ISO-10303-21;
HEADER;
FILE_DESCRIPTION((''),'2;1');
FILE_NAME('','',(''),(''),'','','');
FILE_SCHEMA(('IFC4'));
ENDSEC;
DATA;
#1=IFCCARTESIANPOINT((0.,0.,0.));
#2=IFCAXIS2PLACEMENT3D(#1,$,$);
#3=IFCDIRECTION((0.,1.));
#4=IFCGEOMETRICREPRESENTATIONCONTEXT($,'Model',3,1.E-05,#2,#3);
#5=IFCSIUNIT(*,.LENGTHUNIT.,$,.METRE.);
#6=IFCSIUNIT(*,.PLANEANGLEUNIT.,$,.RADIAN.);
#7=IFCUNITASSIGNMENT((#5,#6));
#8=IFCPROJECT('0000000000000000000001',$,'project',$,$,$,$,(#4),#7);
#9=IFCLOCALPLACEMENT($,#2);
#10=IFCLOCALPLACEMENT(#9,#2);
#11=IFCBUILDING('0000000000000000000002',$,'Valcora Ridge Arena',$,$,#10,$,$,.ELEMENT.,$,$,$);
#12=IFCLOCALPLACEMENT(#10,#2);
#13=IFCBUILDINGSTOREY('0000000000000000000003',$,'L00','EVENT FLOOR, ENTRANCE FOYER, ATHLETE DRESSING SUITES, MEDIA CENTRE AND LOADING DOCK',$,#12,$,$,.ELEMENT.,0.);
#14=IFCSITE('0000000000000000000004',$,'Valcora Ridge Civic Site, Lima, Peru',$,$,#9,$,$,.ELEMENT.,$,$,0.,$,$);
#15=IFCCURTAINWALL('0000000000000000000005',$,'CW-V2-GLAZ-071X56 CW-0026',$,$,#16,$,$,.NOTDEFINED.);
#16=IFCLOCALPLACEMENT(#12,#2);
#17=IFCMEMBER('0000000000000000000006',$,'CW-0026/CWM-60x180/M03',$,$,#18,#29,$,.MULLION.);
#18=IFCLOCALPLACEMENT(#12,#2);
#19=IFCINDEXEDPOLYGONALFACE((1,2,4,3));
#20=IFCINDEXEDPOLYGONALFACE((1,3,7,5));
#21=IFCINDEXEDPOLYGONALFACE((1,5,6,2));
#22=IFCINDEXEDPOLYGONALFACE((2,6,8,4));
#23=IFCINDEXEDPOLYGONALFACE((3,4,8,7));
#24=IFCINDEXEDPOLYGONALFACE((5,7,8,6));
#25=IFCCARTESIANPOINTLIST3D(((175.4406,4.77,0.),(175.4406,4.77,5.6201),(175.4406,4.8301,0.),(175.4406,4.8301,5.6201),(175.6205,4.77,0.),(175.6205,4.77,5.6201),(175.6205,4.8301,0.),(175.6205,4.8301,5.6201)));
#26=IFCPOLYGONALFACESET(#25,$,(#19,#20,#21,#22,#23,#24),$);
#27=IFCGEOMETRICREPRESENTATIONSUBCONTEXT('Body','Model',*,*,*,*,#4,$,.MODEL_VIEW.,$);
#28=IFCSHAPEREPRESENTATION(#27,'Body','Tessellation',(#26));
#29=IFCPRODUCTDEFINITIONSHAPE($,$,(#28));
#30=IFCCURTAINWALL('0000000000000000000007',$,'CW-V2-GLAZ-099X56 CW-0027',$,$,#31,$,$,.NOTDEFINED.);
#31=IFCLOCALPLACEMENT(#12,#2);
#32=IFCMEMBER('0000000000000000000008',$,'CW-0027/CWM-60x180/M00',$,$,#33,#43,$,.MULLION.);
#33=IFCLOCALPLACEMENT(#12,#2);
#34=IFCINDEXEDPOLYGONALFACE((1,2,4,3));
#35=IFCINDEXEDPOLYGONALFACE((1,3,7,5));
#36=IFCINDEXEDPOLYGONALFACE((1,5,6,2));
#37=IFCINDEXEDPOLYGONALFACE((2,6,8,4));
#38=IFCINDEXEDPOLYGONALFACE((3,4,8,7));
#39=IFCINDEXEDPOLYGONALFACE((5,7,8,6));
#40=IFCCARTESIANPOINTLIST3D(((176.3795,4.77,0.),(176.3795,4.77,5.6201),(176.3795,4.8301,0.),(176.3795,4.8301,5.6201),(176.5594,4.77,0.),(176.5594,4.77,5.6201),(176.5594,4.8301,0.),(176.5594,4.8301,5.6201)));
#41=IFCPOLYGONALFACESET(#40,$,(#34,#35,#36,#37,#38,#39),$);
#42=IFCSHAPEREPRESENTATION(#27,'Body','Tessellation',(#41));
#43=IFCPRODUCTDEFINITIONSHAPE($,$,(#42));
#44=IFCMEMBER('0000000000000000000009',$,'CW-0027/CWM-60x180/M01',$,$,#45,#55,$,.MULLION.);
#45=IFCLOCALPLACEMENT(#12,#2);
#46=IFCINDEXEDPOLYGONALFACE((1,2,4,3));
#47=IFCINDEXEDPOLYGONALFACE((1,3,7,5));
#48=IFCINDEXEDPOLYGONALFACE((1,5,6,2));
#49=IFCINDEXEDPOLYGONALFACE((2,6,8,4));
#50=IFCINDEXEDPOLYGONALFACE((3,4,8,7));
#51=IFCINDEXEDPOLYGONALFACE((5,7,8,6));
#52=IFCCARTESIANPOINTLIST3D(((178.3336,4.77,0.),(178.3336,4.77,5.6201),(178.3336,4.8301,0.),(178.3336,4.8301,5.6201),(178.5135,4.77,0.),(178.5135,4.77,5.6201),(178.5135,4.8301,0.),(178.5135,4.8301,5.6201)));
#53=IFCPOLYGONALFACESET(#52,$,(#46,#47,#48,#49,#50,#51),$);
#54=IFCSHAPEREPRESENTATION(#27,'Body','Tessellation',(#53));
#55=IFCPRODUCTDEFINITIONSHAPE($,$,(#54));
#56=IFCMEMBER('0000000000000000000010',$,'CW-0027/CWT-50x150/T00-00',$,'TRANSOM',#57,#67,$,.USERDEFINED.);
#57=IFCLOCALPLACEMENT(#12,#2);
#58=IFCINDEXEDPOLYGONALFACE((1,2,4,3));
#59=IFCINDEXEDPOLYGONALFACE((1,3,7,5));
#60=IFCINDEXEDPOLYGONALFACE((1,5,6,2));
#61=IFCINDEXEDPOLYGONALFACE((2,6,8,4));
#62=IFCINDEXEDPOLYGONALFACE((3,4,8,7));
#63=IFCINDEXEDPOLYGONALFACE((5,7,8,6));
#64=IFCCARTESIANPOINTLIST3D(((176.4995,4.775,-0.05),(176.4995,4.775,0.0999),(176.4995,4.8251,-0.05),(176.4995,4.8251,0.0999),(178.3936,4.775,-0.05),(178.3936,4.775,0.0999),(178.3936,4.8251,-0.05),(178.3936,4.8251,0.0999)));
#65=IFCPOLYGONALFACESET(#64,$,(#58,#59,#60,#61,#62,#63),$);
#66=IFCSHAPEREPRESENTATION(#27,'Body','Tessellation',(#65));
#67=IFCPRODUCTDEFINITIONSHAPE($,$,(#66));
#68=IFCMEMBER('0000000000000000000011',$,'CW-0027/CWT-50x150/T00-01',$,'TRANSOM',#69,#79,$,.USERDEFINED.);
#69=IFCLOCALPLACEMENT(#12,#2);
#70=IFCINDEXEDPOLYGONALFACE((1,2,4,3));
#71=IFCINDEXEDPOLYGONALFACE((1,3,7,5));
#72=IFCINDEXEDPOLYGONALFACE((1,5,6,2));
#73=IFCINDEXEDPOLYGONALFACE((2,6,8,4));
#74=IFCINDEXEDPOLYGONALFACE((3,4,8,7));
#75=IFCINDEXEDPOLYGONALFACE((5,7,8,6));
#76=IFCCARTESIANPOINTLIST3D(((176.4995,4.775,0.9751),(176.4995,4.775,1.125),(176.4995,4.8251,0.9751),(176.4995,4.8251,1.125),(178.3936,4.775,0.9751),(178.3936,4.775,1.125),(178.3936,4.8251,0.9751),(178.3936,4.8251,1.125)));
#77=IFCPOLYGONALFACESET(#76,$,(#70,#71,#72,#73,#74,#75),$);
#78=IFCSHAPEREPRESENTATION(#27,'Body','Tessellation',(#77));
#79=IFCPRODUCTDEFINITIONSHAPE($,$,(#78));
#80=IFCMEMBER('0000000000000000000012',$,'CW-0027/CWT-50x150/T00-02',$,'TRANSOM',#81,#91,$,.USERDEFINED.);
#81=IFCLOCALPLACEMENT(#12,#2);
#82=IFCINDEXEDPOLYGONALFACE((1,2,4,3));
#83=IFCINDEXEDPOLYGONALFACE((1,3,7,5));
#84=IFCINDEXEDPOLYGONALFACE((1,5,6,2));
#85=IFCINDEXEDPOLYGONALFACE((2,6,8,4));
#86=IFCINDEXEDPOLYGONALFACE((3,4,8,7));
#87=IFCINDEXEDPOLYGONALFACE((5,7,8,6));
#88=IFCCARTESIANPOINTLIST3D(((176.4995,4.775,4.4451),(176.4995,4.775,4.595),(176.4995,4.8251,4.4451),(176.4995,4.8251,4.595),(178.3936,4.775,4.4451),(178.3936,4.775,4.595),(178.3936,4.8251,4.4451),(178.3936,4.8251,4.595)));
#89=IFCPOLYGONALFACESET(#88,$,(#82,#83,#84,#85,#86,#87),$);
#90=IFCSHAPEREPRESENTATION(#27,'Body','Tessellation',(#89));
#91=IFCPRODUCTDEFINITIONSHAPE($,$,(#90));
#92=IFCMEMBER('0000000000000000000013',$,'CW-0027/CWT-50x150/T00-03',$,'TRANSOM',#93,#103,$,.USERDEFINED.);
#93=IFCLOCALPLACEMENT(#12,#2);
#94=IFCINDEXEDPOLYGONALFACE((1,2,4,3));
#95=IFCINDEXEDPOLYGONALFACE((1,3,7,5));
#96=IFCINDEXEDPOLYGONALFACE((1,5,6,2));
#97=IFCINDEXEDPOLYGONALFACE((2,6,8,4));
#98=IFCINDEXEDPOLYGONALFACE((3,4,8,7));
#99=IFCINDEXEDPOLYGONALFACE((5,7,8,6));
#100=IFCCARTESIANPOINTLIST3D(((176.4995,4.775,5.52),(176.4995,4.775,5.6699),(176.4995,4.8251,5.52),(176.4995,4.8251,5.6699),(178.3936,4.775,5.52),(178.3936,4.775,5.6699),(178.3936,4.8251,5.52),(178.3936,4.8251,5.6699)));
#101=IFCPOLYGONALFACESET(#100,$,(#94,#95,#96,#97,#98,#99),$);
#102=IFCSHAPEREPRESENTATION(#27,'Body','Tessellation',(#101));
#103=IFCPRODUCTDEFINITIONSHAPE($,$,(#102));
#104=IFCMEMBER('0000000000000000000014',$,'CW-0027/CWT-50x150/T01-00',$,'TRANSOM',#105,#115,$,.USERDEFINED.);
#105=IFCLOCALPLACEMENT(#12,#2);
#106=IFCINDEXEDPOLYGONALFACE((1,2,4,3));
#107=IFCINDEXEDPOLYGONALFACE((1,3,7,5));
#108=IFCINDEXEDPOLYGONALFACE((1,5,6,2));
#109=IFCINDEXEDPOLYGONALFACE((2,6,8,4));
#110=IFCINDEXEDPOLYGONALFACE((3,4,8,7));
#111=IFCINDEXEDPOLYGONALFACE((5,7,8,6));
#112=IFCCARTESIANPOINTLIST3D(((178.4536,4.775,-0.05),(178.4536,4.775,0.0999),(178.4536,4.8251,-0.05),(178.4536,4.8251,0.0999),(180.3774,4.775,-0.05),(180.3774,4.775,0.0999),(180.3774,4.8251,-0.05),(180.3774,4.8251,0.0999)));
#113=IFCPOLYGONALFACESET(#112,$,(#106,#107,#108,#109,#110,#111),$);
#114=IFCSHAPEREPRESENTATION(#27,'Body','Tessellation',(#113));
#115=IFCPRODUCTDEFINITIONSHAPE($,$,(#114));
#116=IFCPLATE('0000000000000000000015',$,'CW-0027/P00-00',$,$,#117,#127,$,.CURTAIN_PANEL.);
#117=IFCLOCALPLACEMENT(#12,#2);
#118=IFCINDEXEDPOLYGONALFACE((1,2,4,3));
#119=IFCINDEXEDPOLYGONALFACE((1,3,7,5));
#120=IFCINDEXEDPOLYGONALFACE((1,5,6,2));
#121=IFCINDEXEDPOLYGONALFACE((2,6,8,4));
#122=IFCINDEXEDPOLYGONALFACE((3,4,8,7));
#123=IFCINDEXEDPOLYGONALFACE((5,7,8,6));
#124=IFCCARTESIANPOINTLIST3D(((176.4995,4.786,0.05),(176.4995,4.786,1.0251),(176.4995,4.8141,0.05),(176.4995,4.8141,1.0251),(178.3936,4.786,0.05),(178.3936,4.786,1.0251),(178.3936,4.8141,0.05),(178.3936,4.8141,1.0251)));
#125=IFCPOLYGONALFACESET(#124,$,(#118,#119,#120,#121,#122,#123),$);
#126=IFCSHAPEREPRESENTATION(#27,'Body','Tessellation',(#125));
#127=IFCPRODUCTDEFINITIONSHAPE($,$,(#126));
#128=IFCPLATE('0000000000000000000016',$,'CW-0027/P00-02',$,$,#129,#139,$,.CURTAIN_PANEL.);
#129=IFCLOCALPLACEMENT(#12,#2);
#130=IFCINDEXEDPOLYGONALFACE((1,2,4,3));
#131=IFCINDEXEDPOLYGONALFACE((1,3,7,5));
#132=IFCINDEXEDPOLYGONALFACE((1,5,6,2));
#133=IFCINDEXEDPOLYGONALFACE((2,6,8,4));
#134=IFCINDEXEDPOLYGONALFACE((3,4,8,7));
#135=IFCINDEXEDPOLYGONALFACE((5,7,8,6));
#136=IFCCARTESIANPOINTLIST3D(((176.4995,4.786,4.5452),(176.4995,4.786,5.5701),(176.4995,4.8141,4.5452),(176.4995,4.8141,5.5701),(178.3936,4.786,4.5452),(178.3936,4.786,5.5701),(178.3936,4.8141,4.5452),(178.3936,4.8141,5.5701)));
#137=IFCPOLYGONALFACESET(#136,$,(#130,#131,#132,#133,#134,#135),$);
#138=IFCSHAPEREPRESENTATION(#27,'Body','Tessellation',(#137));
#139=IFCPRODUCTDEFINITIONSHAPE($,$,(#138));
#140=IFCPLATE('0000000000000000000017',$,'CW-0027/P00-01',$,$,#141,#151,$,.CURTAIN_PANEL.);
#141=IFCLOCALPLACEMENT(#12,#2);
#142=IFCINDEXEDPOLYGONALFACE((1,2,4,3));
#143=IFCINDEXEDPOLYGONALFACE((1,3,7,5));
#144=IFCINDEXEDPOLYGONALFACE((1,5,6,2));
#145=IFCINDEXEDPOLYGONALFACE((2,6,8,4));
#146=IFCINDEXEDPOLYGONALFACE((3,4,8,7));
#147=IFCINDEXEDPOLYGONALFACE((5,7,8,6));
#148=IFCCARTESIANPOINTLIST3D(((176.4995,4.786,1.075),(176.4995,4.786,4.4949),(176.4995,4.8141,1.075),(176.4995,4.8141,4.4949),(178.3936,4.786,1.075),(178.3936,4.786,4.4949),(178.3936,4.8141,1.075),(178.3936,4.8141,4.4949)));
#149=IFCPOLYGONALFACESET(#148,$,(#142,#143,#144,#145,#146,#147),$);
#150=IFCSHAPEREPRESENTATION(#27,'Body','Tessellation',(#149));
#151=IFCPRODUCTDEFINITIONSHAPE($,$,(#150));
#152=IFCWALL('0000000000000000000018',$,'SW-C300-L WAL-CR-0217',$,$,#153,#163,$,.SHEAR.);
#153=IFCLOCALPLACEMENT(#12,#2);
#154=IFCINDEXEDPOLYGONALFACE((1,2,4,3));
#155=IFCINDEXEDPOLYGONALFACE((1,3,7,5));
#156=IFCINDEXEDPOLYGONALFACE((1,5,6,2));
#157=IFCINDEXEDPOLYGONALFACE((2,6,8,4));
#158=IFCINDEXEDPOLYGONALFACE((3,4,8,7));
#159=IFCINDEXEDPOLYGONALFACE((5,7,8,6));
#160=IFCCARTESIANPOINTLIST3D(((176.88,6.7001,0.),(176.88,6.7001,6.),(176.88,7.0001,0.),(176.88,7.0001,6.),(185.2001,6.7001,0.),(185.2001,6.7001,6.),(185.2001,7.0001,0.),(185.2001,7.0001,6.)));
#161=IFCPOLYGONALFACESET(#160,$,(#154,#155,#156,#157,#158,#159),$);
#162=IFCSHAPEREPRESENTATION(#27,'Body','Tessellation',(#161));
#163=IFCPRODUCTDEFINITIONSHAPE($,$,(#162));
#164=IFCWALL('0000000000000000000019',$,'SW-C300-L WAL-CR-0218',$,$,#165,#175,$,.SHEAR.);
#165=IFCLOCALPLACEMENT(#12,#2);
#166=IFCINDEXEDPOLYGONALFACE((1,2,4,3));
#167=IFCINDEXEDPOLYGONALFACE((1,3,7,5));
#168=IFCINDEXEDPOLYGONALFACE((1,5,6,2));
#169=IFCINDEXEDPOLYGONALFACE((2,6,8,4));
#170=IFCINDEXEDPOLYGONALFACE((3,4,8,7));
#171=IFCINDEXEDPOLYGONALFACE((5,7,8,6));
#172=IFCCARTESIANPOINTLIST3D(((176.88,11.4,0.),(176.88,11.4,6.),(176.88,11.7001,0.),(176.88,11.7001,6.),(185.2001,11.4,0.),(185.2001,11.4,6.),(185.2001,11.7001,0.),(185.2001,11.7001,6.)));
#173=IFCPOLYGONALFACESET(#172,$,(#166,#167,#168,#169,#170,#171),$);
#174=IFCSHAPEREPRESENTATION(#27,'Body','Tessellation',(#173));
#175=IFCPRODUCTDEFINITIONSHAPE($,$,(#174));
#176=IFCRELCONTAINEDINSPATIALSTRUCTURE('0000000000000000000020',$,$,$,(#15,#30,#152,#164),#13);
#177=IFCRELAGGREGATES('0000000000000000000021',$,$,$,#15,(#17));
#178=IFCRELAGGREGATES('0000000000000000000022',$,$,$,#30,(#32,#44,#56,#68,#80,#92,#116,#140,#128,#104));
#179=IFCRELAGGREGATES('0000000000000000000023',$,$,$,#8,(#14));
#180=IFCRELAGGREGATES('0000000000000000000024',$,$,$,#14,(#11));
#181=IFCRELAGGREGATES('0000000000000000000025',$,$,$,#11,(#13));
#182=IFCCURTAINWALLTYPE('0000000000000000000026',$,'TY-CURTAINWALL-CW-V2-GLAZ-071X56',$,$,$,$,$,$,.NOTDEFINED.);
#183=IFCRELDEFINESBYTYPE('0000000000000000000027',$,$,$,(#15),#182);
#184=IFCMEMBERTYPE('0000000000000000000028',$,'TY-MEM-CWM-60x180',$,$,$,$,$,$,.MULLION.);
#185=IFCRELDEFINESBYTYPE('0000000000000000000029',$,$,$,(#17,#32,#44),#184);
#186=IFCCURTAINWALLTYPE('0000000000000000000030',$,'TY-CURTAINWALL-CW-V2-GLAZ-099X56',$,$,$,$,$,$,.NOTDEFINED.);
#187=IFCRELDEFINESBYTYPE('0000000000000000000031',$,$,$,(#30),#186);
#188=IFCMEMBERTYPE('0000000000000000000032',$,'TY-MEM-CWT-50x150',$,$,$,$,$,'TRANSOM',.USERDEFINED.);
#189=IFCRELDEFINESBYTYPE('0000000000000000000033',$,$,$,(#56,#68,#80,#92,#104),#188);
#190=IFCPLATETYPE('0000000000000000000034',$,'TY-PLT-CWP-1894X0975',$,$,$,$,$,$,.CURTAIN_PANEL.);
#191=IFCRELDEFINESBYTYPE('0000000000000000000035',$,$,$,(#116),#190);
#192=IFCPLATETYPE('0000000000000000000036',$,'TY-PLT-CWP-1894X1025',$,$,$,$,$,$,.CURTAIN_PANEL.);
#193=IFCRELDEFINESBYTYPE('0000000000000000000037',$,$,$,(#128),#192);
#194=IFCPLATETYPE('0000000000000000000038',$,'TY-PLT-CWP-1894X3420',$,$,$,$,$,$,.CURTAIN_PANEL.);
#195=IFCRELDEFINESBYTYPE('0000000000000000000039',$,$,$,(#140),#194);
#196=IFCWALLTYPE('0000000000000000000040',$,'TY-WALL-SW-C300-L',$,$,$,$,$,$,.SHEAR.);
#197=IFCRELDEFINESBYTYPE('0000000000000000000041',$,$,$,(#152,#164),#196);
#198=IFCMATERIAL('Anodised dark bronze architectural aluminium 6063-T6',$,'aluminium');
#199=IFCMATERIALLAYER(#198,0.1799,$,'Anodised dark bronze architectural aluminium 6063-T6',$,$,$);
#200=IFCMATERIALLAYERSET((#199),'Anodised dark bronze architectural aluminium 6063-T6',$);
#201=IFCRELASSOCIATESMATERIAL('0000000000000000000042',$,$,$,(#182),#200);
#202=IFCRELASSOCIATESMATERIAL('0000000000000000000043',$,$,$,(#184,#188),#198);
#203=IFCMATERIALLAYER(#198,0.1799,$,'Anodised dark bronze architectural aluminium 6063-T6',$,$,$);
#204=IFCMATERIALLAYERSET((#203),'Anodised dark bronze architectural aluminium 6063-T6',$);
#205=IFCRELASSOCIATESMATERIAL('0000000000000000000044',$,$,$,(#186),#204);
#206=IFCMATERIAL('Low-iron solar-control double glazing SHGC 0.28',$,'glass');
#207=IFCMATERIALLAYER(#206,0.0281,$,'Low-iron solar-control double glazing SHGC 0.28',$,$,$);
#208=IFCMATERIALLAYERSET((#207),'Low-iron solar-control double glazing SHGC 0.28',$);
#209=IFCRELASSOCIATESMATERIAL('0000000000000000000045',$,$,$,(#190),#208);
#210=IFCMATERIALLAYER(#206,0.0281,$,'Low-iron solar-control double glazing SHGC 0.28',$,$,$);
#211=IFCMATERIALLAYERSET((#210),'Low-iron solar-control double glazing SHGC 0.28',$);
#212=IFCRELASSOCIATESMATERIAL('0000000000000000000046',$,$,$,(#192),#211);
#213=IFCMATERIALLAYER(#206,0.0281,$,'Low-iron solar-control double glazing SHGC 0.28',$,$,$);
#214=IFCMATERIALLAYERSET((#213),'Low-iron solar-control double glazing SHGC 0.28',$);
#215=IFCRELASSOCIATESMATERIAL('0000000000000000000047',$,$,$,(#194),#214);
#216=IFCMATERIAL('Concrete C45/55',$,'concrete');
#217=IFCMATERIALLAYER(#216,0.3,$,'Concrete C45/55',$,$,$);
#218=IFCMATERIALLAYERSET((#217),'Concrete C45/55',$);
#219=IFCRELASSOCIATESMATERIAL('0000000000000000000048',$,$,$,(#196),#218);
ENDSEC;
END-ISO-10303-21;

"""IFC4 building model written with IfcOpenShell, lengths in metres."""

from ifc_helpers import new_model, si_unit, direction, frame, frame_2d, origin, origin_2d, place, context, subcontext, project, spatial, rectangle, extrude, material, layer, layer_set, material_profile, profile_set, type_object, element, aggregate, save


model = new_model("IFC4")

# Units and contexts
model_context = context("Model", 3, precision=1e-05, world=origin(), true_north=direction((0.0, 1.0)))
body_context = subcontext(model_context, "Body", "Model", "MODEL_VIEW")
ifc_project = project(units=[si_unit("LENGTHUNIT", "METRE"), si_unit("PLANEANGLEUNIT", "RADIAN")], contexts=[model_context])

# Site, building, storey
site_placement = place(None, origin())
site = spatial("IfcSite", under=ifc_project, at=site_placement, Name="Valcora Ridge Civic Site, Lima, Peru", CompositionType="ELEMENT", RefElevation=0.0)
building_placement = place(site_placement, origin())
building = spatial("IfcBuilding", under=site, at=building_placement, Name="Valcora Ridge Arena", CompositionType="ELEMENT")
storey_placement = place(building_placement, origin())
storey = spatial("IfcBuildingStorey", under=building, at=storey_placement, Name="L00", Description="EVENT FLOOR, ENTRANCE FOYER, ATHLETE DRESSING SUITES, MEDIA CENTRE AND LOADING DOCK", CompositionType="ELEMENT", Elevation=0.0)

# Curtain wall, member
ifc_material_1 = material(Name="Anodised dark bronze architectural aluminium 6063-T6", Category="aluminium")
ifc_layer_1 = layer(ifc_material_1, 0.1799, Name="Anodised dark bronze architectural aluminium 6063-T6")
ifc_layer_set_1 = layer_set([ifc_layer_1], Name="Anodised dark bronze architectural aluminium 6063-T6")
curtain_wall_type_1 = type_object("IfcCurtainWallType", Name="TY-CURTAINWALL-CW-V2-GLAZ-071X56", PredefinedType="NOTDEFINED", material=ifc_layer_set_1)
curtain_wall_1_placement = place(storey_placement, origin())
curtain_wall_1 = element("IfcCurtainWall", 1, at=curtain_wall_1_placement, inside=storey, type_object=curtain_wall_type_1, Name="CW-V2-GLAZ-071X56 CW-0026", PredefinedType="NOTDEFINED")
ifc_material_profile_1 = material_profile(ifc_material_1, rectangle(XDim=0.0601, YDim=0.1799, at=origin_2d()), Name="ALU MULLION 60x180")
ifc_profile_set_1 = profile_set([ifc_material_profile_1], Name="Anodised dark bronze architectural aluminium 6063-T6")
member_type_1 = type_object("IfcMemberType", Name="TY-MEM-CWM-60x180", PredefinedType="MULLION", material=ifc_profile_set_1)
member_1_placement = place(storey_placement, frame((175.5305, 4.8, 0.0), z_axis=(0.0, 0.0, 1.0), x_axis=(0.0, 1.0, 0.0)))
member_1 = element("IfcMember", 2, at=member_1_placement, type_object=member_type_1, Name="CW-0026/CWM-60x180/M03", PredefinedType="MULLION", context=body_context, shape_type="SweptSolid", body=[
    extrude(rectangle(XDim=0.0601, YDim=0.1799, at=origin_2d()), origin(), (0.0, 0.0, 1.0), 5.6201),
])
aggregate(curtain_wall_1, [member_1])

# Curtain wall, members, plates
ifc_layer_2 = layer(ifc_material_1, 0.1799, Name="Anodised dark bronze architectural aluminium 6063-T6")
ifc_layer_set_2 = layer_set([ifc_layer_2], Name="Anodised dark bronze architectural aluminium 6063-T6")
curtain_wall_type_2 = type_object("IfcCurtainWallType", Name="TY-CURTAINWALL-CW-V2-GLAZ-099X56", PredefinedType="NOTDEFINED", material=ifc_layer_set_2)
curtain_wall_2_placement = place(storey_placement, origin())
curtain_wall_2 = element("IfcCurtainWall", 3, at=curtain_wall_2_placement, inside=storey, type_object=curtain_wall_type_2, Name="CW-V2-GLAZ-099X56 CW-0027", PredefinedType="NOTDEFINED")
member_2_placement = place(storey_placement, frame((176.4695, 4.8, 0.0), z_axis=(0.0, 0.0, 1.0), x_axis=(0.0, 1.0, 0.0)))
member_2 = element("IfcMember", 4, at=member_2_placement, type_object=member_type_1, Name="CW-0027/CWM-60x180/M00", PredefinedType="MULLION", context=body_context, shape_type="SweptSolid", body=[
    extrude(rectangle(XDim=0.0601, YDim=0.1799, at=origin_2d()), origin(), (0.0, 0.0, 1.0), 5.6201),
])
member_3_placement = place(storey_placement, frame((178.4236, 4.8, 0.0), z_axis=(0.0, 0.0, 1.0), x_axis=(0.0, 1.0, 0.0)))
member_3 = element("IfcMember", 5, at=member_3_placement, type_object=member_type_1, Name="CW-0027/CWM-60x180/M01", PredefinedType="MULLION", context=body_context, shape_type="SweptSolid", body=[
    extrude(rectangle(XDim=0.0601, YDim=0.1799, at=origin_2d()), origin(), (0.0, 0.0, 1.0), 5.6201),
])
ifc_material_profile_2 = material_profile(ifc_material_1, rectangle(XDim=0.05, YDim=0.1499, at=origin_2d()), Name="ALU TRANSOM 50x150")
ifc_profile_set_2 = profile_set([ifc_material_profile_2], Name="Anodised dark bronze architectural aluminium 6063-T6")
member_type_2 = type_object("IfcMemberType", Name="TY-MEM-CWT-50x150", ElementType="TRANSOM", PredefinedType="USERDEFINED", material=ifc_profile_set_2)
member_4_placement = place(storey_placement, frame((176.4995, 4.8, 0.0249), z_axis=(1.0, 0.0, 0.0), x_axis=(0.0, 1.0, 0.0)))
member_4 = element("IfcMember", 6, at=member_4_placement, type_object=member_type_2, Name="CW-0027/CWT-50x150/T00-00", ObjectType="TRANSOM", PredefinedType="USERDEFINED", context=body_context, shape_type="SweptSolid", body=[
    extrude(rectangle(XDim=0.05, YDim=0.1499, at=origin_2d()), origin(), (0.0, 0.0, 1.0), 1.894),
])
member_5_placement = place(storey_placement, frame((176.4995, 4.8, 1.05), z_axis=(1.0, 0.0, 0.0), x_axis=(0.0, 1.0, 0.0)))
member_5 = element("IfcMember", 7, at=member_5_placement, type_object=member_type_2, Name="CW-0027/CWT-50x150/T00-01", ObjectType="TRANSOM", PredefinedType="USERDEFINED", context=body_context, shape_type="SweptSolid", body=[
    extrude(rectangle(XDim=0.05, YDim=0.1499, at=origin_2d()), origin(), (0.0, 0.0, 1.0), 1.894),
])
member_6_placement = place(storey_placement, frame((176.4995, 4.8, 4.52), z_axis=(1.0, 0.0, 0.0), x_axis=(0.0, 1.0, 0.0)))
member_6 = element("IfcMember", 8, at=member_6_placement, type_object=member_type_2, Name="CW-0027/CWT-50x150/T00-02", ObjectType="TRANSOM", PredefinedType="USERDEFINED", context=body_context, shape_type="SweptSolid", body=[
    extrude(rectangle(XDim=0.05, YDim=0.1499, at=origin_2d()), origin(), (0.0, 0.0, 1.0), 1.894),
])
member_7_placement = place(storey_placement, frame((176.4995, 4.8, 5.595), z_axis=(1.0, 0.0, 0.0), x_axis=(0.0, 1.0, 0.0)))
member_7 = element("IfcMember", 9, at=member_7_placement, type_object=member_type_2, Name="CW-0027/CWT-50x150/T00-03", ObjectType="TRANSOM", PredefinedType="USERDEFINED", context=body_context, shape_type="SweptSolid", body=[
    extrude(rectangle(XDim=0.05, YDim=0.1499, at=origin_2d()), origin(), (0.0, 0.0, 1.0), 1.894),
])
member_8_placement = place(storey_placement, frame((178.4536, 4.8, 0.0249), z_axis=(1.0, 0.0, 0.0), x_axis=(0.0, 1.0, 0.0)))
member_8 = element("IfcMember", 10, at=member_8_placement, type_object=member_type_2, Name="CW-0027/CWT-50x150/T01-00", ObjectType="TRANSOM", PredefinedType="USERDEFINED", context=body_context, shape_type="SweptSolid", body=[
    extrude(rectangle(XDim=0.05, YDim=0.1499, at=origin_2d()), origin(), (0.0, 0.0, 1.0), 1.9238),
])
ifc_material_2 = material(Name="Low-iron solar-control double glazing SHGC 0.28", Category="glass")
ifc_layer_3 = layer(ifc_material_2, 0.0281, Name="Low-iron solar-control double glazing SHGC 0.28")
ifc_layer_set_3 = layer_set([ifc_layer_3], Name="Low-iron solar-control double glazing SHGC 0.28")
plate_type_1 = type_object("IfcPlateType", Name="TY-PLT-CWP-1894X0975", PredefinedType="CURTAIN_PANEL", material=ifc_layer_set_3)
plate_1_placement = place(storey_placement, frame((177.4465, 4.8, 0.05), z_axis=(0.0, 0.0, 1.0), x_axis=(1.0, 0.0, 0.0)))
plate_1 = element("IfcPlate", 11, at=plate_1_placement, type_object=plate_type_1, Name="CW-0027/P00-00", PredefinedType="CURTAIN_PANEL", context=body_context, shape_type="SweptSolid", body=[
    extrude(rectangle(XDim=1.894, YDim=0.0281, at=origin_2d()), origin(), (0.0, 0.0, 1.0), 0.9751),
])
ifc_layer_4 = layer(ifc_material_2, 0.0281, Name="Low-iron solar-control double glazing SHGC 0.28")
ifc_layer_set_4 = layer_set([ifc_layer_4], Name="Low-iron solar-control double glazing SHGC 0.28")
plate_type_2 = type_object("IfcPlateType", Name="TY-PLT-CWP-1894X1025", PredefinedType="CURTAIN_PANEL", material=ifc_layer_set_4)
plate_2_placement = place(storey_placement, frame((177.4465, 4.8, 4.5452), z_axis=(0.0, 0.0, 1.0), x_axis=(1.0, 0.0, 0.0)))
plate_2 = element("IfcPlate", 12, at=plate_2_placement, type_object=plate_type_2, Name="CW-0027/P00-02", PredefinedType="CURTAIN_PANEL", context=body_context, shape_type="SweptSolid", body=[
    extrude(rectangle(XDim=1.894, YDim=0.0281, at=origin_2d()), origin(), (0.0, 0.0, 1.0), 1.0249),
])
ifc_layer_5 = layer(ifc_material_2, 0.0281, Name="Low-iron solar-control double glazing SHGC 0.28")
ifc_layer_set_5 = layer_set([ifc_layer_5], Name="Low-iron solar-control double glazing SHGC 0.28")
plate_type_3 = type_object("IfcPlateType", Name="TY-PLT-CWP-1894X3420", PredefinedType="CURTAIN_PANEL", material=ifc_layer_set_5)
plate_3_placement = place(storey_placement, frame((177.4465, 4.8, 1.075), z_axis=(0.0, 0.0, 1.0), x_axis=(1.0, 0.0, 0.0)))
plate_3 = element("IfcPlate", 13, at=plate_3_placement, type_object=plate_type_3, Name="CW-0027/P00-01", PredefinedType="CURTAIN_PANEL", context=body_context, shape_type="SweptSolid", body=[
    extrude(rectangle(XDim=1.894, YDim=0.0281, at=origin_2d()), origin(), (0.0, 0.0, 1.0), 3.4199),
])
aggregate(curtain_wall_2, [member_2, member_3, member_4, member_5, member_6, member_7, plate_1, plate_3, plate_2, member_8])

# Walls
ifc_material_3 = material(Name="Concrete C45/55", Category="concrete")
ifc_layer_6 = layer(ifc_material_3, 0.3, Name="Concrete C45/55")
ifc_layer_set_6 = layer_set([ifc_layer_6], Name="Concrete C45/55")
wall_type_1 = type_object("IfcWallType", Name="TY-WALL-SW-C300-L", PredefinedType="SHEAR", material=ifc_layer_set_6)
for number, where, z_axis, x_axis, name in (
    (14, (176.8799, 6.8501, 0.0), (0.0, 0.0, 1.0), (1.0, 0.0, 0.0), "SW-C300-L WAL-CR-0217"),
    (15, (176.8799, 11.55, 0.0), (0.0, 0.0, 1.0), (1.0, 0.0, 0.0), "SW-C300-L WAL-CR-0218"),
):
    element("IfcWall", number, at=place(storey_placement, frame(where, z_axis=z_axis, x_axis=x_axis)), inside=storey, type_object=wall_type_1, Name=name, PredefinedType="SHEAR", context=body_context, shape_type="SweptSolid", body=[
        extrude(rectangle(XDim=8.3201, YDim=0.3, at=frame_2d((4.1602, 0.0))), origin(), (0.0, 0.0, 1.0), 6.0),
    ])

save(model, "model.ifc")
